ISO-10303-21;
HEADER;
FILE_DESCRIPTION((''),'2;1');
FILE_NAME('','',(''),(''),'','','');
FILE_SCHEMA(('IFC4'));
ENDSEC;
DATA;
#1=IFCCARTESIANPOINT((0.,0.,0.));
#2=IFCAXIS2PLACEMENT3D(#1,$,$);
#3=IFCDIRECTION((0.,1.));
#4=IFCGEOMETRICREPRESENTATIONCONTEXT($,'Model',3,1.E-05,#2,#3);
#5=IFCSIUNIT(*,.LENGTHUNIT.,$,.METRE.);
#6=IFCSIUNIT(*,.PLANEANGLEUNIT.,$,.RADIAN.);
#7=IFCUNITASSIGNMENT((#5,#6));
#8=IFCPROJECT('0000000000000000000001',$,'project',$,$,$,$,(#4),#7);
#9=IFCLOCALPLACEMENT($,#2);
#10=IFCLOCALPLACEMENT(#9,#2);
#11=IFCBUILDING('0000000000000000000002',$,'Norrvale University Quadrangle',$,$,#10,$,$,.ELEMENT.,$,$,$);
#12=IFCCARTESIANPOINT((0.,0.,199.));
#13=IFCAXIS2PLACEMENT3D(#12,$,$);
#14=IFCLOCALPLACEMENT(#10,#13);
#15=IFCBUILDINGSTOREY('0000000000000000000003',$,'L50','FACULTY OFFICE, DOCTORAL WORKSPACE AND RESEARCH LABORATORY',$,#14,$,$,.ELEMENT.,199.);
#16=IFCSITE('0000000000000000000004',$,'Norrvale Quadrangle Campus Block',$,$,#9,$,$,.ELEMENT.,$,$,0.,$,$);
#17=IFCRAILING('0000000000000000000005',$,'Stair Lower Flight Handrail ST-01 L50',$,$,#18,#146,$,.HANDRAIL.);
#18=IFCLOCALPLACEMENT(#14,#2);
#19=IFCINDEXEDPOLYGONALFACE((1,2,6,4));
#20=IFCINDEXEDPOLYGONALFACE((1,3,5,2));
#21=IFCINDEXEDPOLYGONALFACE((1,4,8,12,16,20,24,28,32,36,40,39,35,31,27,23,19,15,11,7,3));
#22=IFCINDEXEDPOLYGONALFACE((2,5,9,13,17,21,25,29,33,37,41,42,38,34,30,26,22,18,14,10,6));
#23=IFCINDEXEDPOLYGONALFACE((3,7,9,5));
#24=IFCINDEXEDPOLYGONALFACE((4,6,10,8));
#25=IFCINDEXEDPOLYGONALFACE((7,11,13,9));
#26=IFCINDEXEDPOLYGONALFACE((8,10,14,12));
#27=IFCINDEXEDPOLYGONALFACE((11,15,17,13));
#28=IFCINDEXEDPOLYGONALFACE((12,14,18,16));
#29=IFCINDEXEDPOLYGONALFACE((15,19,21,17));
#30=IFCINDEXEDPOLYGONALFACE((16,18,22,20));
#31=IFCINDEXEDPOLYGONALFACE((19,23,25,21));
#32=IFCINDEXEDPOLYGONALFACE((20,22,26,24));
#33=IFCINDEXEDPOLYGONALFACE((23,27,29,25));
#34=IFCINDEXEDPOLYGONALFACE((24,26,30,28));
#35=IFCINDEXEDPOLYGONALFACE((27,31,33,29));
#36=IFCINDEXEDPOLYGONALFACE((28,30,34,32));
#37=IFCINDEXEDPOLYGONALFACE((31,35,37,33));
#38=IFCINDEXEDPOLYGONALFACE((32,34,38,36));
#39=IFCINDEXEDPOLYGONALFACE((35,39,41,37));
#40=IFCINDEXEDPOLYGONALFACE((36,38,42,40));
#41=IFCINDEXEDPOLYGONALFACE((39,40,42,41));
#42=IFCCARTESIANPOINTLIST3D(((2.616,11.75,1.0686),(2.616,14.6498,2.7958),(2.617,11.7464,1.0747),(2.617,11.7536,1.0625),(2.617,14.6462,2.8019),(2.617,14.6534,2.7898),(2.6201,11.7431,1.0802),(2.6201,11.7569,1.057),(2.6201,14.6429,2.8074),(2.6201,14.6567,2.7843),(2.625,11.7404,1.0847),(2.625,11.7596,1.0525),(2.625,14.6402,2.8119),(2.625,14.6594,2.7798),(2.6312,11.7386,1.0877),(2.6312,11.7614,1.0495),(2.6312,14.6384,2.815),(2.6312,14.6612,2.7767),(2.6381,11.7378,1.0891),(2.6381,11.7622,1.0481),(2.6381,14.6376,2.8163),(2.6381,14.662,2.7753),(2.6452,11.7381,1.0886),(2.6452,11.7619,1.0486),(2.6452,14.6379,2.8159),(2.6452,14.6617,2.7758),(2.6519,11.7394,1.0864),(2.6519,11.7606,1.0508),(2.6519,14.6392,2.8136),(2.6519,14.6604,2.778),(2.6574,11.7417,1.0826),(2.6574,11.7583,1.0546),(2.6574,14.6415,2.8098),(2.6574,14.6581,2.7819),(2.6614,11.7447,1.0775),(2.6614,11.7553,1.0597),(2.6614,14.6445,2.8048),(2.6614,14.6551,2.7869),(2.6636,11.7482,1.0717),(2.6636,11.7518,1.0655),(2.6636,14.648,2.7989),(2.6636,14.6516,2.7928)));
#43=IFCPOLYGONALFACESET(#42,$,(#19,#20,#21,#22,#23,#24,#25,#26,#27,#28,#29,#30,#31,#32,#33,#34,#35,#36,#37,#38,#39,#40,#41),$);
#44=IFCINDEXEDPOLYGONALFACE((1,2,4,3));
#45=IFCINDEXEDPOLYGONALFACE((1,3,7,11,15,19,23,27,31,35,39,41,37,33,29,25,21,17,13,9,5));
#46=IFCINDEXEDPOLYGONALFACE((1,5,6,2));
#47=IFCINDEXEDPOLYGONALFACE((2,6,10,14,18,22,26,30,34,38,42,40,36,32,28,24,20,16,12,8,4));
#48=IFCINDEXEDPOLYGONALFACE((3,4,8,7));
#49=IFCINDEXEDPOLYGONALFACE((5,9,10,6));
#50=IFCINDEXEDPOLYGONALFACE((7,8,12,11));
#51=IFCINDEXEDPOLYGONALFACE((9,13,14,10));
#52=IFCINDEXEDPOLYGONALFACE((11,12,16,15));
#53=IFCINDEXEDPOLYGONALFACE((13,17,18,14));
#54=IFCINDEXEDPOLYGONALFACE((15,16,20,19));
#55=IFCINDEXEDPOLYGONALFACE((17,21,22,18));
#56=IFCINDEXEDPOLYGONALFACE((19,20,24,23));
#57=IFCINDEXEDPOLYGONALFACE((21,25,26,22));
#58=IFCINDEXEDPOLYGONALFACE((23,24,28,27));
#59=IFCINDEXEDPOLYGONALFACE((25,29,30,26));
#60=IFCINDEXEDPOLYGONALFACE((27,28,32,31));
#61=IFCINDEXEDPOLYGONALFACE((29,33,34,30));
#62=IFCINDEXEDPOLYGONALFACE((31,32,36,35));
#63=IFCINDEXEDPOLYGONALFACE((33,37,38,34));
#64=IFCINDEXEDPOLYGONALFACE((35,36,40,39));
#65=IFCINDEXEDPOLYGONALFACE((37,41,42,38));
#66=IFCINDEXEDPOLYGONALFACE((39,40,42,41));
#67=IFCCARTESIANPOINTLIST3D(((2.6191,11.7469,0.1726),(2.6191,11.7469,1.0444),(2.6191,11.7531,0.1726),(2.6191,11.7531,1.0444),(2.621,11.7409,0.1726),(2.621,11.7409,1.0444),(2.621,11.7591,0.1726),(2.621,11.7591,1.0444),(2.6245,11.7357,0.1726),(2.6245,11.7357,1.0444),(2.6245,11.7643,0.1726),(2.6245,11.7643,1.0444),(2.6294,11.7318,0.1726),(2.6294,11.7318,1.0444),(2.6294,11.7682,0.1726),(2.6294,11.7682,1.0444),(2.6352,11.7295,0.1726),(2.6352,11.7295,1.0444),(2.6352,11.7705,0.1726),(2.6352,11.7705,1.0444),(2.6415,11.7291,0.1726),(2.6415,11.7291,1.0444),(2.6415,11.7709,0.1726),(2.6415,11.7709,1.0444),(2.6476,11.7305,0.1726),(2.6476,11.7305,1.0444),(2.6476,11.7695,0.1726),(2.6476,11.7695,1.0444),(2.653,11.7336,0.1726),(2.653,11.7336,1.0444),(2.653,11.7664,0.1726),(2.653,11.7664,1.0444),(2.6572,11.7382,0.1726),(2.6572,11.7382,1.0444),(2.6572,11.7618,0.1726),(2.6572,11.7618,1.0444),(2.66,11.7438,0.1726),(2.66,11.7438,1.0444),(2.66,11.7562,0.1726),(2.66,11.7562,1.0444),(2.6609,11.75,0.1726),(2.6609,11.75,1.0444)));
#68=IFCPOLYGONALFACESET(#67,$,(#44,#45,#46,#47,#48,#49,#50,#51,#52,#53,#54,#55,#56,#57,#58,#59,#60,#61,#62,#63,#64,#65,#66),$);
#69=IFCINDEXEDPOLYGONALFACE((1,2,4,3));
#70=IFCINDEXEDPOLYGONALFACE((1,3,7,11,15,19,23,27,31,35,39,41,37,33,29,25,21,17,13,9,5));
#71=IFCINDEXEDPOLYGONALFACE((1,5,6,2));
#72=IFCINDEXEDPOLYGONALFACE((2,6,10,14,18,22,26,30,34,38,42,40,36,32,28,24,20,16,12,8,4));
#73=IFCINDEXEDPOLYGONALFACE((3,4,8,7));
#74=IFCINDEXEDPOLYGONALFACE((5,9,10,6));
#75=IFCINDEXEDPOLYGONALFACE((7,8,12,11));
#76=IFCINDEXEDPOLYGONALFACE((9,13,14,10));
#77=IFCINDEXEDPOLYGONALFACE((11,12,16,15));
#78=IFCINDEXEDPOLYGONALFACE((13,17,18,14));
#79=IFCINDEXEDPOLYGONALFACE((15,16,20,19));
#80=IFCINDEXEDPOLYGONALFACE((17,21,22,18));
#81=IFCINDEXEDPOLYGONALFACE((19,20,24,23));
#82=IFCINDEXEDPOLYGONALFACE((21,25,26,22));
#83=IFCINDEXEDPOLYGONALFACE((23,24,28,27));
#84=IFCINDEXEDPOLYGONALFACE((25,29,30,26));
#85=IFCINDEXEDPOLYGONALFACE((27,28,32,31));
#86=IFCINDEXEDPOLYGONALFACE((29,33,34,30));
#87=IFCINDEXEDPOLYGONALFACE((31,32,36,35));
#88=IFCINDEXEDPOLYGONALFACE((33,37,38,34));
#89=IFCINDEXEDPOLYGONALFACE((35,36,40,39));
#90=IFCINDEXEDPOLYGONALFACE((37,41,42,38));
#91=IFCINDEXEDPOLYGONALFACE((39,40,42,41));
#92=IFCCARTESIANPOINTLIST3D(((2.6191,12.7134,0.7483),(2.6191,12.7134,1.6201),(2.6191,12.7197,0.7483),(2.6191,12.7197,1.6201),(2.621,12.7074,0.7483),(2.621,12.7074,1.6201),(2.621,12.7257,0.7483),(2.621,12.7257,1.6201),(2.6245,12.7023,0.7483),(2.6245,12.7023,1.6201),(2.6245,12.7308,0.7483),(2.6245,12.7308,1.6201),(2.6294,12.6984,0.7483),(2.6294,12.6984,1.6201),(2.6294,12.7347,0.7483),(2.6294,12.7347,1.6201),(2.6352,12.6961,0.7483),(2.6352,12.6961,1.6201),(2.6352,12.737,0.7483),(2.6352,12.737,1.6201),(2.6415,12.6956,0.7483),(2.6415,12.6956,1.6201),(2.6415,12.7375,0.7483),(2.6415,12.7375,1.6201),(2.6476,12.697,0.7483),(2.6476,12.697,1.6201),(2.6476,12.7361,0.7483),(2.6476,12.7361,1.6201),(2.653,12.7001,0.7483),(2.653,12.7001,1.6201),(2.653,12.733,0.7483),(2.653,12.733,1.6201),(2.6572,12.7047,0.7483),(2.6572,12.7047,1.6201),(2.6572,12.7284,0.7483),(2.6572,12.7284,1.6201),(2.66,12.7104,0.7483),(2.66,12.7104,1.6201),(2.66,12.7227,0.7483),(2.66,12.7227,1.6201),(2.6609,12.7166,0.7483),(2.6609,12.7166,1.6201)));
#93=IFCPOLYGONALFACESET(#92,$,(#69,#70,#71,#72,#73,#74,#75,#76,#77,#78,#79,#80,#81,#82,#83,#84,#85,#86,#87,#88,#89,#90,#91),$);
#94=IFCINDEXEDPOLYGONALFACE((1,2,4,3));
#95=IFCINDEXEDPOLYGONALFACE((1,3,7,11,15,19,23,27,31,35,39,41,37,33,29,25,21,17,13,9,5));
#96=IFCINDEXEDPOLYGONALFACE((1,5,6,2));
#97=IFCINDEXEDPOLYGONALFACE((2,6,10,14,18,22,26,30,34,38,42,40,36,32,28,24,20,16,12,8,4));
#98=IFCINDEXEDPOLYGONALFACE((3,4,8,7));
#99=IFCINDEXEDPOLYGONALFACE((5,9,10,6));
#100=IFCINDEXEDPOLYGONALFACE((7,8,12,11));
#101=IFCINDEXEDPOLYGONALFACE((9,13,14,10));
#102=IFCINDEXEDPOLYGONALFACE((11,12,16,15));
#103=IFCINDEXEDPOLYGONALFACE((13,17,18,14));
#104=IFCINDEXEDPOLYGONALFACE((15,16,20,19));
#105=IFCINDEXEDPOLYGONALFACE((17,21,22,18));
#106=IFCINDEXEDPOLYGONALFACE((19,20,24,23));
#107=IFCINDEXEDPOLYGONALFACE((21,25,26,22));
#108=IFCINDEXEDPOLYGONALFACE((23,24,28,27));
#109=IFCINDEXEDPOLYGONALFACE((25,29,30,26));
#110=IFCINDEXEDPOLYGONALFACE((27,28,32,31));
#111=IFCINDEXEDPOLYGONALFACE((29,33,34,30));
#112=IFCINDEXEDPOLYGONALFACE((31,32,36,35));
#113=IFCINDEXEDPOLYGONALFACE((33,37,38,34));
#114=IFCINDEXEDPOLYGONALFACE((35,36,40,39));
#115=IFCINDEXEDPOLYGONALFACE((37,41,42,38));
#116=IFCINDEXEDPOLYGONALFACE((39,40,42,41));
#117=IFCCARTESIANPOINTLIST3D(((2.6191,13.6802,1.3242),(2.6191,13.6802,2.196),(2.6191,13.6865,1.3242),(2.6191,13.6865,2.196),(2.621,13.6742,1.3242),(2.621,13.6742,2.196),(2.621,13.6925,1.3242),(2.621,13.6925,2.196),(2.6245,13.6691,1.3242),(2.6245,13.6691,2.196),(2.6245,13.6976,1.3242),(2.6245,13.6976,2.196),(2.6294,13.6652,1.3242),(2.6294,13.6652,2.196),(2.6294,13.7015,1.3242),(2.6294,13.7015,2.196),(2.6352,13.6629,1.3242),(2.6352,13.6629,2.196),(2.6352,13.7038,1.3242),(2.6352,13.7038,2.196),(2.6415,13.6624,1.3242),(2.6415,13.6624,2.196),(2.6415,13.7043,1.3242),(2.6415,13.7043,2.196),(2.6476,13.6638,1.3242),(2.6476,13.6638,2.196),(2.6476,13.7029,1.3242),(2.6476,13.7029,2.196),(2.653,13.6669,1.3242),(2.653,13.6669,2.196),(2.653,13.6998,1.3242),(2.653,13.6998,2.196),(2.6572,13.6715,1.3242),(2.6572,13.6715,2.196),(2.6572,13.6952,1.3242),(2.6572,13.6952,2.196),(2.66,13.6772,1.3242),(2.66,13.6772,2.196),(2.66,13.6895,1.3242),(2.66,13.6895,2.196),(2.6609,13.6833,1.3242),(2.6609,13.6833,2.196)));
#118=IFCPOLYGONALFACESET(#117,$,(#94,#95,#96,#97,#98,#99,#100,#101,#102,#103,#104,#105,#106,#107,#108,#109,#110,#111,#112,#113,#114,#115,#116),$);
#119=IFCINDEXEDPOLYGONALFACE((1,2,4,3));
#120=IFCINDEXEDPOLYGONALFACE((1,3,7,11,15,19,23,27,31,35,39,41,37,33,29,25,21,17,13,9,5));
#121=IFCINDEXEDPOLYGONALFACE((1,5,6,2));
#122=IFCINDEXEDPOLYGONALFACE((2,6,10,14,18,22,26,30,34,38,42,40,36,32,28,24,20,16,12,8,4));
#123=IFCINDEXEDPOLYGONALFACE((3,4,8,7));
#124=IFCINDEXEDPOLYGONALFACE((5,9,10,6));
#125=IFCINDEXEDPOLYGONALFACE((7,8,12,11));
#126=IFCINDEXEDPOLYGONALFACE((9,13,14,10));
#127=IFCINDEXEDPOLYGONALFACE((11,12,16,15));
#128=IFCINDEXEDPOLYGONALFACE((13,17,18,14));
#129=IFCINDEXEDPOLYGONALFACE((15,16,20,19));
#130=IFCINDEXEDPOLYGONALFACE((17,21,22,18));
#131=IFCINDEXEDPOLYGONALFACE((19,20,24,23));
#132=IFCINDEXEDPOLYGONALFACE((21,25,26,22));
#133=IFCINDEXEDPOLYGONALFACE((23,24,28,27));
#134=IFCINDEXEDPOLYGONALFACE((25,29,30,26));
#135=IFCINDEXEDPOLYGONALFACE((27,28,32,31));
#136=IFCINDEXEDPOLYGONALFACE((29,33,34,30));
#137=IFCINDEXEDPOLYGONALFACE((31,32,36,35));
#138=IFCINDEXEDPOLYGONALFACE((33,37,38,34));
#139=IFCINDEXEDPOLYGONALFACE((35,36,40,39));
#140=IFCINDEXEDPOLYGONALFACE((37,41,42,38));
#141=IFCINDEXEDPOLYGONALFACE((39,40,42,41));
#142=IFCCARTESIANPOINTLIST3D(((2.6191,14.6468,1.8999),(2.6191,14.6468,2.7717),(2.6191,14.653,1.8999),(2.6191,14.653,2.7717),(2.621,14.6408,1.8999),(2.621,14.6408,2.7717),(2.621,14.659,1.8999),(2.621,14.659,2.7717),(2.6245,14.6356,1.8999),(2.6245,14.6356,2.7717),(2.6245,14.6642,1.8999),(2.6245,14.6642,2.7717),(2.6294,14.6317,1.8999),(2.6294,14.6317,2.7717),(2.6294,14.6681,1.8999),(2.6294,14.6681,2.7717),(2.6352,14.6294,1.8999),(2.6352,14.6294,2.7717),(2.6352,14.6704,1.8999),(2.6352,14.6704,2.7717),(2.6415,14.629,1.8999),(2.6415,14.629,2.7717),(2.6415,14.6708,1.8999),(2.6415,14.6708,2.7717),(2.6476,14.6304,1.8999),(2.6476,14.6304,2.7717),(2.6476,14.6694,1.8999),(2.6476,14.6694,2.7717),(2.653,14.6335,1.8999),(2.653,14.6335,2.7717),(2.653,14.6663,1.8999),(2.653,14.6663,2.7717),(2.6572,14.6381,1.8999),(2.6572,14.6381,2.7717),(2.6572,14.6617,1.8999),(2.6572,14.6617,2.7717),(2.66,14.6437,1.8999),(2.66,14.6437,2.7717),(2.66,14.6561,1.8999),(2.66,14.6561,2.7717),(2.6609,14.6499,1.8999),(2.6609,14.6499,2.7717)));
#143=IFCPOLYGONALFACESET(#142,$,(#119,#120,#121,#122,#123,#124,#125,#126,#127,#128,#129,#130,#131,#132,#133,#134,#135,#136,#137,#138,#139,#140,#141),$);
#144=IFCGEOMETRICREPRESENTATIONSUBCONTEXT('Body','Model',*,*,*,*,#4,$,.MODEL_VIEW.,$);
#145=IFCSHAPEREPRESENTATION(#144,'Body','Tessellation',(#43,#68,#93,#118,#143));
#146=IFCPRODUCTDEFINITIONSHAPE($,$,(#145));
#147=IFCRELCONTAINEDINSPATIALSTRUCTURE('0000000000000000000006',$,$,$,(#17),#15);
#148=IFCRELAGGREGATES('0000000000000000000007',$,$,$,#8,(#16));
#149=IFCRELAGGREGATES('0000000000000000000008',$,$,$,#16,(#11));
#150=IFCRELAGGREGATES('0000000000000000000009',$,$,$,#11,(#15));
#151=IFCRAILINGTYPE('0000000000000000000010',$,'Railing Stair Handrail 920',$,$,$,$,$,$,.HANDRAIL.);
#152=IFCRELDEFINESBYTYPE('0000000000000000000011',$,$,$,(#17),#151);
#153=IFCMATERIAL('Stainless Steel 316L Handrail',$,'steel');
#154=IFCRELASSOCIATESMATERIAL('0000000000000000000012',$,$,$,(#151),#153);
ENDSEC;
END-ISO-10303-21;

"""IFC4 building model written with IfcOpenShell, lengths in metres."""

from ifc_helpers import new_model, si_unit, direction, frame, origin, origin_2d, place, context, subcontext, project, spatial, circle, extrude, material, type_object, element, save


model = new_model("IFC4")

# Units and contexts
model_context = context("Model", 3, precision=1e-05, world=origin(), true_north=direction((0.0, 1.0)))
body_context = subcontext(model_context, "Body", "Model", "MODEL_VIEW")
ifc_project = project(units=[si_unit("LENGTHUNIT", "METRE"), si_unit("PLANEANGLEUNIT", "RADIAN")], contexts=[model_context])

# Site, building, storey
site_placement = place(None, origin())
site = spatial("IfcSite", under=ifc_project, at=site_placement, Name="Norrvale Quadrangle Campus Block", CompositionType="ELEMENT", RefElevation=0.0)
building_placement = place(site_placement, origin())
building = spatial("IfcBuilding", under=site, at=building_placement, Name="Norrvale University Quadrangle", CompositionType="ELEMENT")
storey_placement = place(building_placement, frame((0.0, 0.0, 199.0)))
storey = spatial("IfcBuildingStorey", under=building, at=storey_placement, Name="L50", Description="FACULTY OFFICE, DOCTORAL WORKSPACE AND RESEARCH LABORATORY", CompositionType="ELEMENT", Elevation=199.0)

# Railing
ifc_material_1 = material(Name="Stainless Steel 316L Handrail", Category="steel")
railing_type_1 = type_object("IfcRailingType", Name="Railing Stair Handrail 920", PredefinedType="HANDRAIL", material=ifc_material_1)
railing_1_placement = place(storey_placement, frame((2.6399, 11.75, 0.1726)))
element("IfcRailing", 1, at=railing_1_placement, inside=storey, type_object=railing_type_1, Name="Stair Lower Flight Handrail ST-01 L50", PredefinedType="HANDRAIL", context=body_context, shape_type="SweptSolid", body=[
    extrude(circle(Radius=0.0239, at=origin_2d()), frame((0.0, 0.0, 0.896), z_axis=(0.0, 0.859141, 0.511738), x_axis=(-1.0, 0.0, 0.0)), (0.0, 0.0, 1.0), 3.3752),
    extrude(circle(Radius=0.021, at=origin_2d()), origin(), (0.0, 0.0, 1.0), 0.8718),
    extrude(circle(Radius=0.021, at=origin_2d()), frame((0.0, 0.9666, 0.5757)), (0.0, 0.0, 1.0), 0.8718),
    extrude(circle(Radius=0.021, at=origin_2d()), frame((0.0, 1.9333, 1.1516)), (0.0, 0.0, 1.0), 0.8718),
    extrude(circle(Radius=0.021, at=origin_2d()), frame((0.0, 2.8999, 1.7273)), (0.0, 0.0, 1.0), 0.8718),
])

save(model, "model.ifc")
